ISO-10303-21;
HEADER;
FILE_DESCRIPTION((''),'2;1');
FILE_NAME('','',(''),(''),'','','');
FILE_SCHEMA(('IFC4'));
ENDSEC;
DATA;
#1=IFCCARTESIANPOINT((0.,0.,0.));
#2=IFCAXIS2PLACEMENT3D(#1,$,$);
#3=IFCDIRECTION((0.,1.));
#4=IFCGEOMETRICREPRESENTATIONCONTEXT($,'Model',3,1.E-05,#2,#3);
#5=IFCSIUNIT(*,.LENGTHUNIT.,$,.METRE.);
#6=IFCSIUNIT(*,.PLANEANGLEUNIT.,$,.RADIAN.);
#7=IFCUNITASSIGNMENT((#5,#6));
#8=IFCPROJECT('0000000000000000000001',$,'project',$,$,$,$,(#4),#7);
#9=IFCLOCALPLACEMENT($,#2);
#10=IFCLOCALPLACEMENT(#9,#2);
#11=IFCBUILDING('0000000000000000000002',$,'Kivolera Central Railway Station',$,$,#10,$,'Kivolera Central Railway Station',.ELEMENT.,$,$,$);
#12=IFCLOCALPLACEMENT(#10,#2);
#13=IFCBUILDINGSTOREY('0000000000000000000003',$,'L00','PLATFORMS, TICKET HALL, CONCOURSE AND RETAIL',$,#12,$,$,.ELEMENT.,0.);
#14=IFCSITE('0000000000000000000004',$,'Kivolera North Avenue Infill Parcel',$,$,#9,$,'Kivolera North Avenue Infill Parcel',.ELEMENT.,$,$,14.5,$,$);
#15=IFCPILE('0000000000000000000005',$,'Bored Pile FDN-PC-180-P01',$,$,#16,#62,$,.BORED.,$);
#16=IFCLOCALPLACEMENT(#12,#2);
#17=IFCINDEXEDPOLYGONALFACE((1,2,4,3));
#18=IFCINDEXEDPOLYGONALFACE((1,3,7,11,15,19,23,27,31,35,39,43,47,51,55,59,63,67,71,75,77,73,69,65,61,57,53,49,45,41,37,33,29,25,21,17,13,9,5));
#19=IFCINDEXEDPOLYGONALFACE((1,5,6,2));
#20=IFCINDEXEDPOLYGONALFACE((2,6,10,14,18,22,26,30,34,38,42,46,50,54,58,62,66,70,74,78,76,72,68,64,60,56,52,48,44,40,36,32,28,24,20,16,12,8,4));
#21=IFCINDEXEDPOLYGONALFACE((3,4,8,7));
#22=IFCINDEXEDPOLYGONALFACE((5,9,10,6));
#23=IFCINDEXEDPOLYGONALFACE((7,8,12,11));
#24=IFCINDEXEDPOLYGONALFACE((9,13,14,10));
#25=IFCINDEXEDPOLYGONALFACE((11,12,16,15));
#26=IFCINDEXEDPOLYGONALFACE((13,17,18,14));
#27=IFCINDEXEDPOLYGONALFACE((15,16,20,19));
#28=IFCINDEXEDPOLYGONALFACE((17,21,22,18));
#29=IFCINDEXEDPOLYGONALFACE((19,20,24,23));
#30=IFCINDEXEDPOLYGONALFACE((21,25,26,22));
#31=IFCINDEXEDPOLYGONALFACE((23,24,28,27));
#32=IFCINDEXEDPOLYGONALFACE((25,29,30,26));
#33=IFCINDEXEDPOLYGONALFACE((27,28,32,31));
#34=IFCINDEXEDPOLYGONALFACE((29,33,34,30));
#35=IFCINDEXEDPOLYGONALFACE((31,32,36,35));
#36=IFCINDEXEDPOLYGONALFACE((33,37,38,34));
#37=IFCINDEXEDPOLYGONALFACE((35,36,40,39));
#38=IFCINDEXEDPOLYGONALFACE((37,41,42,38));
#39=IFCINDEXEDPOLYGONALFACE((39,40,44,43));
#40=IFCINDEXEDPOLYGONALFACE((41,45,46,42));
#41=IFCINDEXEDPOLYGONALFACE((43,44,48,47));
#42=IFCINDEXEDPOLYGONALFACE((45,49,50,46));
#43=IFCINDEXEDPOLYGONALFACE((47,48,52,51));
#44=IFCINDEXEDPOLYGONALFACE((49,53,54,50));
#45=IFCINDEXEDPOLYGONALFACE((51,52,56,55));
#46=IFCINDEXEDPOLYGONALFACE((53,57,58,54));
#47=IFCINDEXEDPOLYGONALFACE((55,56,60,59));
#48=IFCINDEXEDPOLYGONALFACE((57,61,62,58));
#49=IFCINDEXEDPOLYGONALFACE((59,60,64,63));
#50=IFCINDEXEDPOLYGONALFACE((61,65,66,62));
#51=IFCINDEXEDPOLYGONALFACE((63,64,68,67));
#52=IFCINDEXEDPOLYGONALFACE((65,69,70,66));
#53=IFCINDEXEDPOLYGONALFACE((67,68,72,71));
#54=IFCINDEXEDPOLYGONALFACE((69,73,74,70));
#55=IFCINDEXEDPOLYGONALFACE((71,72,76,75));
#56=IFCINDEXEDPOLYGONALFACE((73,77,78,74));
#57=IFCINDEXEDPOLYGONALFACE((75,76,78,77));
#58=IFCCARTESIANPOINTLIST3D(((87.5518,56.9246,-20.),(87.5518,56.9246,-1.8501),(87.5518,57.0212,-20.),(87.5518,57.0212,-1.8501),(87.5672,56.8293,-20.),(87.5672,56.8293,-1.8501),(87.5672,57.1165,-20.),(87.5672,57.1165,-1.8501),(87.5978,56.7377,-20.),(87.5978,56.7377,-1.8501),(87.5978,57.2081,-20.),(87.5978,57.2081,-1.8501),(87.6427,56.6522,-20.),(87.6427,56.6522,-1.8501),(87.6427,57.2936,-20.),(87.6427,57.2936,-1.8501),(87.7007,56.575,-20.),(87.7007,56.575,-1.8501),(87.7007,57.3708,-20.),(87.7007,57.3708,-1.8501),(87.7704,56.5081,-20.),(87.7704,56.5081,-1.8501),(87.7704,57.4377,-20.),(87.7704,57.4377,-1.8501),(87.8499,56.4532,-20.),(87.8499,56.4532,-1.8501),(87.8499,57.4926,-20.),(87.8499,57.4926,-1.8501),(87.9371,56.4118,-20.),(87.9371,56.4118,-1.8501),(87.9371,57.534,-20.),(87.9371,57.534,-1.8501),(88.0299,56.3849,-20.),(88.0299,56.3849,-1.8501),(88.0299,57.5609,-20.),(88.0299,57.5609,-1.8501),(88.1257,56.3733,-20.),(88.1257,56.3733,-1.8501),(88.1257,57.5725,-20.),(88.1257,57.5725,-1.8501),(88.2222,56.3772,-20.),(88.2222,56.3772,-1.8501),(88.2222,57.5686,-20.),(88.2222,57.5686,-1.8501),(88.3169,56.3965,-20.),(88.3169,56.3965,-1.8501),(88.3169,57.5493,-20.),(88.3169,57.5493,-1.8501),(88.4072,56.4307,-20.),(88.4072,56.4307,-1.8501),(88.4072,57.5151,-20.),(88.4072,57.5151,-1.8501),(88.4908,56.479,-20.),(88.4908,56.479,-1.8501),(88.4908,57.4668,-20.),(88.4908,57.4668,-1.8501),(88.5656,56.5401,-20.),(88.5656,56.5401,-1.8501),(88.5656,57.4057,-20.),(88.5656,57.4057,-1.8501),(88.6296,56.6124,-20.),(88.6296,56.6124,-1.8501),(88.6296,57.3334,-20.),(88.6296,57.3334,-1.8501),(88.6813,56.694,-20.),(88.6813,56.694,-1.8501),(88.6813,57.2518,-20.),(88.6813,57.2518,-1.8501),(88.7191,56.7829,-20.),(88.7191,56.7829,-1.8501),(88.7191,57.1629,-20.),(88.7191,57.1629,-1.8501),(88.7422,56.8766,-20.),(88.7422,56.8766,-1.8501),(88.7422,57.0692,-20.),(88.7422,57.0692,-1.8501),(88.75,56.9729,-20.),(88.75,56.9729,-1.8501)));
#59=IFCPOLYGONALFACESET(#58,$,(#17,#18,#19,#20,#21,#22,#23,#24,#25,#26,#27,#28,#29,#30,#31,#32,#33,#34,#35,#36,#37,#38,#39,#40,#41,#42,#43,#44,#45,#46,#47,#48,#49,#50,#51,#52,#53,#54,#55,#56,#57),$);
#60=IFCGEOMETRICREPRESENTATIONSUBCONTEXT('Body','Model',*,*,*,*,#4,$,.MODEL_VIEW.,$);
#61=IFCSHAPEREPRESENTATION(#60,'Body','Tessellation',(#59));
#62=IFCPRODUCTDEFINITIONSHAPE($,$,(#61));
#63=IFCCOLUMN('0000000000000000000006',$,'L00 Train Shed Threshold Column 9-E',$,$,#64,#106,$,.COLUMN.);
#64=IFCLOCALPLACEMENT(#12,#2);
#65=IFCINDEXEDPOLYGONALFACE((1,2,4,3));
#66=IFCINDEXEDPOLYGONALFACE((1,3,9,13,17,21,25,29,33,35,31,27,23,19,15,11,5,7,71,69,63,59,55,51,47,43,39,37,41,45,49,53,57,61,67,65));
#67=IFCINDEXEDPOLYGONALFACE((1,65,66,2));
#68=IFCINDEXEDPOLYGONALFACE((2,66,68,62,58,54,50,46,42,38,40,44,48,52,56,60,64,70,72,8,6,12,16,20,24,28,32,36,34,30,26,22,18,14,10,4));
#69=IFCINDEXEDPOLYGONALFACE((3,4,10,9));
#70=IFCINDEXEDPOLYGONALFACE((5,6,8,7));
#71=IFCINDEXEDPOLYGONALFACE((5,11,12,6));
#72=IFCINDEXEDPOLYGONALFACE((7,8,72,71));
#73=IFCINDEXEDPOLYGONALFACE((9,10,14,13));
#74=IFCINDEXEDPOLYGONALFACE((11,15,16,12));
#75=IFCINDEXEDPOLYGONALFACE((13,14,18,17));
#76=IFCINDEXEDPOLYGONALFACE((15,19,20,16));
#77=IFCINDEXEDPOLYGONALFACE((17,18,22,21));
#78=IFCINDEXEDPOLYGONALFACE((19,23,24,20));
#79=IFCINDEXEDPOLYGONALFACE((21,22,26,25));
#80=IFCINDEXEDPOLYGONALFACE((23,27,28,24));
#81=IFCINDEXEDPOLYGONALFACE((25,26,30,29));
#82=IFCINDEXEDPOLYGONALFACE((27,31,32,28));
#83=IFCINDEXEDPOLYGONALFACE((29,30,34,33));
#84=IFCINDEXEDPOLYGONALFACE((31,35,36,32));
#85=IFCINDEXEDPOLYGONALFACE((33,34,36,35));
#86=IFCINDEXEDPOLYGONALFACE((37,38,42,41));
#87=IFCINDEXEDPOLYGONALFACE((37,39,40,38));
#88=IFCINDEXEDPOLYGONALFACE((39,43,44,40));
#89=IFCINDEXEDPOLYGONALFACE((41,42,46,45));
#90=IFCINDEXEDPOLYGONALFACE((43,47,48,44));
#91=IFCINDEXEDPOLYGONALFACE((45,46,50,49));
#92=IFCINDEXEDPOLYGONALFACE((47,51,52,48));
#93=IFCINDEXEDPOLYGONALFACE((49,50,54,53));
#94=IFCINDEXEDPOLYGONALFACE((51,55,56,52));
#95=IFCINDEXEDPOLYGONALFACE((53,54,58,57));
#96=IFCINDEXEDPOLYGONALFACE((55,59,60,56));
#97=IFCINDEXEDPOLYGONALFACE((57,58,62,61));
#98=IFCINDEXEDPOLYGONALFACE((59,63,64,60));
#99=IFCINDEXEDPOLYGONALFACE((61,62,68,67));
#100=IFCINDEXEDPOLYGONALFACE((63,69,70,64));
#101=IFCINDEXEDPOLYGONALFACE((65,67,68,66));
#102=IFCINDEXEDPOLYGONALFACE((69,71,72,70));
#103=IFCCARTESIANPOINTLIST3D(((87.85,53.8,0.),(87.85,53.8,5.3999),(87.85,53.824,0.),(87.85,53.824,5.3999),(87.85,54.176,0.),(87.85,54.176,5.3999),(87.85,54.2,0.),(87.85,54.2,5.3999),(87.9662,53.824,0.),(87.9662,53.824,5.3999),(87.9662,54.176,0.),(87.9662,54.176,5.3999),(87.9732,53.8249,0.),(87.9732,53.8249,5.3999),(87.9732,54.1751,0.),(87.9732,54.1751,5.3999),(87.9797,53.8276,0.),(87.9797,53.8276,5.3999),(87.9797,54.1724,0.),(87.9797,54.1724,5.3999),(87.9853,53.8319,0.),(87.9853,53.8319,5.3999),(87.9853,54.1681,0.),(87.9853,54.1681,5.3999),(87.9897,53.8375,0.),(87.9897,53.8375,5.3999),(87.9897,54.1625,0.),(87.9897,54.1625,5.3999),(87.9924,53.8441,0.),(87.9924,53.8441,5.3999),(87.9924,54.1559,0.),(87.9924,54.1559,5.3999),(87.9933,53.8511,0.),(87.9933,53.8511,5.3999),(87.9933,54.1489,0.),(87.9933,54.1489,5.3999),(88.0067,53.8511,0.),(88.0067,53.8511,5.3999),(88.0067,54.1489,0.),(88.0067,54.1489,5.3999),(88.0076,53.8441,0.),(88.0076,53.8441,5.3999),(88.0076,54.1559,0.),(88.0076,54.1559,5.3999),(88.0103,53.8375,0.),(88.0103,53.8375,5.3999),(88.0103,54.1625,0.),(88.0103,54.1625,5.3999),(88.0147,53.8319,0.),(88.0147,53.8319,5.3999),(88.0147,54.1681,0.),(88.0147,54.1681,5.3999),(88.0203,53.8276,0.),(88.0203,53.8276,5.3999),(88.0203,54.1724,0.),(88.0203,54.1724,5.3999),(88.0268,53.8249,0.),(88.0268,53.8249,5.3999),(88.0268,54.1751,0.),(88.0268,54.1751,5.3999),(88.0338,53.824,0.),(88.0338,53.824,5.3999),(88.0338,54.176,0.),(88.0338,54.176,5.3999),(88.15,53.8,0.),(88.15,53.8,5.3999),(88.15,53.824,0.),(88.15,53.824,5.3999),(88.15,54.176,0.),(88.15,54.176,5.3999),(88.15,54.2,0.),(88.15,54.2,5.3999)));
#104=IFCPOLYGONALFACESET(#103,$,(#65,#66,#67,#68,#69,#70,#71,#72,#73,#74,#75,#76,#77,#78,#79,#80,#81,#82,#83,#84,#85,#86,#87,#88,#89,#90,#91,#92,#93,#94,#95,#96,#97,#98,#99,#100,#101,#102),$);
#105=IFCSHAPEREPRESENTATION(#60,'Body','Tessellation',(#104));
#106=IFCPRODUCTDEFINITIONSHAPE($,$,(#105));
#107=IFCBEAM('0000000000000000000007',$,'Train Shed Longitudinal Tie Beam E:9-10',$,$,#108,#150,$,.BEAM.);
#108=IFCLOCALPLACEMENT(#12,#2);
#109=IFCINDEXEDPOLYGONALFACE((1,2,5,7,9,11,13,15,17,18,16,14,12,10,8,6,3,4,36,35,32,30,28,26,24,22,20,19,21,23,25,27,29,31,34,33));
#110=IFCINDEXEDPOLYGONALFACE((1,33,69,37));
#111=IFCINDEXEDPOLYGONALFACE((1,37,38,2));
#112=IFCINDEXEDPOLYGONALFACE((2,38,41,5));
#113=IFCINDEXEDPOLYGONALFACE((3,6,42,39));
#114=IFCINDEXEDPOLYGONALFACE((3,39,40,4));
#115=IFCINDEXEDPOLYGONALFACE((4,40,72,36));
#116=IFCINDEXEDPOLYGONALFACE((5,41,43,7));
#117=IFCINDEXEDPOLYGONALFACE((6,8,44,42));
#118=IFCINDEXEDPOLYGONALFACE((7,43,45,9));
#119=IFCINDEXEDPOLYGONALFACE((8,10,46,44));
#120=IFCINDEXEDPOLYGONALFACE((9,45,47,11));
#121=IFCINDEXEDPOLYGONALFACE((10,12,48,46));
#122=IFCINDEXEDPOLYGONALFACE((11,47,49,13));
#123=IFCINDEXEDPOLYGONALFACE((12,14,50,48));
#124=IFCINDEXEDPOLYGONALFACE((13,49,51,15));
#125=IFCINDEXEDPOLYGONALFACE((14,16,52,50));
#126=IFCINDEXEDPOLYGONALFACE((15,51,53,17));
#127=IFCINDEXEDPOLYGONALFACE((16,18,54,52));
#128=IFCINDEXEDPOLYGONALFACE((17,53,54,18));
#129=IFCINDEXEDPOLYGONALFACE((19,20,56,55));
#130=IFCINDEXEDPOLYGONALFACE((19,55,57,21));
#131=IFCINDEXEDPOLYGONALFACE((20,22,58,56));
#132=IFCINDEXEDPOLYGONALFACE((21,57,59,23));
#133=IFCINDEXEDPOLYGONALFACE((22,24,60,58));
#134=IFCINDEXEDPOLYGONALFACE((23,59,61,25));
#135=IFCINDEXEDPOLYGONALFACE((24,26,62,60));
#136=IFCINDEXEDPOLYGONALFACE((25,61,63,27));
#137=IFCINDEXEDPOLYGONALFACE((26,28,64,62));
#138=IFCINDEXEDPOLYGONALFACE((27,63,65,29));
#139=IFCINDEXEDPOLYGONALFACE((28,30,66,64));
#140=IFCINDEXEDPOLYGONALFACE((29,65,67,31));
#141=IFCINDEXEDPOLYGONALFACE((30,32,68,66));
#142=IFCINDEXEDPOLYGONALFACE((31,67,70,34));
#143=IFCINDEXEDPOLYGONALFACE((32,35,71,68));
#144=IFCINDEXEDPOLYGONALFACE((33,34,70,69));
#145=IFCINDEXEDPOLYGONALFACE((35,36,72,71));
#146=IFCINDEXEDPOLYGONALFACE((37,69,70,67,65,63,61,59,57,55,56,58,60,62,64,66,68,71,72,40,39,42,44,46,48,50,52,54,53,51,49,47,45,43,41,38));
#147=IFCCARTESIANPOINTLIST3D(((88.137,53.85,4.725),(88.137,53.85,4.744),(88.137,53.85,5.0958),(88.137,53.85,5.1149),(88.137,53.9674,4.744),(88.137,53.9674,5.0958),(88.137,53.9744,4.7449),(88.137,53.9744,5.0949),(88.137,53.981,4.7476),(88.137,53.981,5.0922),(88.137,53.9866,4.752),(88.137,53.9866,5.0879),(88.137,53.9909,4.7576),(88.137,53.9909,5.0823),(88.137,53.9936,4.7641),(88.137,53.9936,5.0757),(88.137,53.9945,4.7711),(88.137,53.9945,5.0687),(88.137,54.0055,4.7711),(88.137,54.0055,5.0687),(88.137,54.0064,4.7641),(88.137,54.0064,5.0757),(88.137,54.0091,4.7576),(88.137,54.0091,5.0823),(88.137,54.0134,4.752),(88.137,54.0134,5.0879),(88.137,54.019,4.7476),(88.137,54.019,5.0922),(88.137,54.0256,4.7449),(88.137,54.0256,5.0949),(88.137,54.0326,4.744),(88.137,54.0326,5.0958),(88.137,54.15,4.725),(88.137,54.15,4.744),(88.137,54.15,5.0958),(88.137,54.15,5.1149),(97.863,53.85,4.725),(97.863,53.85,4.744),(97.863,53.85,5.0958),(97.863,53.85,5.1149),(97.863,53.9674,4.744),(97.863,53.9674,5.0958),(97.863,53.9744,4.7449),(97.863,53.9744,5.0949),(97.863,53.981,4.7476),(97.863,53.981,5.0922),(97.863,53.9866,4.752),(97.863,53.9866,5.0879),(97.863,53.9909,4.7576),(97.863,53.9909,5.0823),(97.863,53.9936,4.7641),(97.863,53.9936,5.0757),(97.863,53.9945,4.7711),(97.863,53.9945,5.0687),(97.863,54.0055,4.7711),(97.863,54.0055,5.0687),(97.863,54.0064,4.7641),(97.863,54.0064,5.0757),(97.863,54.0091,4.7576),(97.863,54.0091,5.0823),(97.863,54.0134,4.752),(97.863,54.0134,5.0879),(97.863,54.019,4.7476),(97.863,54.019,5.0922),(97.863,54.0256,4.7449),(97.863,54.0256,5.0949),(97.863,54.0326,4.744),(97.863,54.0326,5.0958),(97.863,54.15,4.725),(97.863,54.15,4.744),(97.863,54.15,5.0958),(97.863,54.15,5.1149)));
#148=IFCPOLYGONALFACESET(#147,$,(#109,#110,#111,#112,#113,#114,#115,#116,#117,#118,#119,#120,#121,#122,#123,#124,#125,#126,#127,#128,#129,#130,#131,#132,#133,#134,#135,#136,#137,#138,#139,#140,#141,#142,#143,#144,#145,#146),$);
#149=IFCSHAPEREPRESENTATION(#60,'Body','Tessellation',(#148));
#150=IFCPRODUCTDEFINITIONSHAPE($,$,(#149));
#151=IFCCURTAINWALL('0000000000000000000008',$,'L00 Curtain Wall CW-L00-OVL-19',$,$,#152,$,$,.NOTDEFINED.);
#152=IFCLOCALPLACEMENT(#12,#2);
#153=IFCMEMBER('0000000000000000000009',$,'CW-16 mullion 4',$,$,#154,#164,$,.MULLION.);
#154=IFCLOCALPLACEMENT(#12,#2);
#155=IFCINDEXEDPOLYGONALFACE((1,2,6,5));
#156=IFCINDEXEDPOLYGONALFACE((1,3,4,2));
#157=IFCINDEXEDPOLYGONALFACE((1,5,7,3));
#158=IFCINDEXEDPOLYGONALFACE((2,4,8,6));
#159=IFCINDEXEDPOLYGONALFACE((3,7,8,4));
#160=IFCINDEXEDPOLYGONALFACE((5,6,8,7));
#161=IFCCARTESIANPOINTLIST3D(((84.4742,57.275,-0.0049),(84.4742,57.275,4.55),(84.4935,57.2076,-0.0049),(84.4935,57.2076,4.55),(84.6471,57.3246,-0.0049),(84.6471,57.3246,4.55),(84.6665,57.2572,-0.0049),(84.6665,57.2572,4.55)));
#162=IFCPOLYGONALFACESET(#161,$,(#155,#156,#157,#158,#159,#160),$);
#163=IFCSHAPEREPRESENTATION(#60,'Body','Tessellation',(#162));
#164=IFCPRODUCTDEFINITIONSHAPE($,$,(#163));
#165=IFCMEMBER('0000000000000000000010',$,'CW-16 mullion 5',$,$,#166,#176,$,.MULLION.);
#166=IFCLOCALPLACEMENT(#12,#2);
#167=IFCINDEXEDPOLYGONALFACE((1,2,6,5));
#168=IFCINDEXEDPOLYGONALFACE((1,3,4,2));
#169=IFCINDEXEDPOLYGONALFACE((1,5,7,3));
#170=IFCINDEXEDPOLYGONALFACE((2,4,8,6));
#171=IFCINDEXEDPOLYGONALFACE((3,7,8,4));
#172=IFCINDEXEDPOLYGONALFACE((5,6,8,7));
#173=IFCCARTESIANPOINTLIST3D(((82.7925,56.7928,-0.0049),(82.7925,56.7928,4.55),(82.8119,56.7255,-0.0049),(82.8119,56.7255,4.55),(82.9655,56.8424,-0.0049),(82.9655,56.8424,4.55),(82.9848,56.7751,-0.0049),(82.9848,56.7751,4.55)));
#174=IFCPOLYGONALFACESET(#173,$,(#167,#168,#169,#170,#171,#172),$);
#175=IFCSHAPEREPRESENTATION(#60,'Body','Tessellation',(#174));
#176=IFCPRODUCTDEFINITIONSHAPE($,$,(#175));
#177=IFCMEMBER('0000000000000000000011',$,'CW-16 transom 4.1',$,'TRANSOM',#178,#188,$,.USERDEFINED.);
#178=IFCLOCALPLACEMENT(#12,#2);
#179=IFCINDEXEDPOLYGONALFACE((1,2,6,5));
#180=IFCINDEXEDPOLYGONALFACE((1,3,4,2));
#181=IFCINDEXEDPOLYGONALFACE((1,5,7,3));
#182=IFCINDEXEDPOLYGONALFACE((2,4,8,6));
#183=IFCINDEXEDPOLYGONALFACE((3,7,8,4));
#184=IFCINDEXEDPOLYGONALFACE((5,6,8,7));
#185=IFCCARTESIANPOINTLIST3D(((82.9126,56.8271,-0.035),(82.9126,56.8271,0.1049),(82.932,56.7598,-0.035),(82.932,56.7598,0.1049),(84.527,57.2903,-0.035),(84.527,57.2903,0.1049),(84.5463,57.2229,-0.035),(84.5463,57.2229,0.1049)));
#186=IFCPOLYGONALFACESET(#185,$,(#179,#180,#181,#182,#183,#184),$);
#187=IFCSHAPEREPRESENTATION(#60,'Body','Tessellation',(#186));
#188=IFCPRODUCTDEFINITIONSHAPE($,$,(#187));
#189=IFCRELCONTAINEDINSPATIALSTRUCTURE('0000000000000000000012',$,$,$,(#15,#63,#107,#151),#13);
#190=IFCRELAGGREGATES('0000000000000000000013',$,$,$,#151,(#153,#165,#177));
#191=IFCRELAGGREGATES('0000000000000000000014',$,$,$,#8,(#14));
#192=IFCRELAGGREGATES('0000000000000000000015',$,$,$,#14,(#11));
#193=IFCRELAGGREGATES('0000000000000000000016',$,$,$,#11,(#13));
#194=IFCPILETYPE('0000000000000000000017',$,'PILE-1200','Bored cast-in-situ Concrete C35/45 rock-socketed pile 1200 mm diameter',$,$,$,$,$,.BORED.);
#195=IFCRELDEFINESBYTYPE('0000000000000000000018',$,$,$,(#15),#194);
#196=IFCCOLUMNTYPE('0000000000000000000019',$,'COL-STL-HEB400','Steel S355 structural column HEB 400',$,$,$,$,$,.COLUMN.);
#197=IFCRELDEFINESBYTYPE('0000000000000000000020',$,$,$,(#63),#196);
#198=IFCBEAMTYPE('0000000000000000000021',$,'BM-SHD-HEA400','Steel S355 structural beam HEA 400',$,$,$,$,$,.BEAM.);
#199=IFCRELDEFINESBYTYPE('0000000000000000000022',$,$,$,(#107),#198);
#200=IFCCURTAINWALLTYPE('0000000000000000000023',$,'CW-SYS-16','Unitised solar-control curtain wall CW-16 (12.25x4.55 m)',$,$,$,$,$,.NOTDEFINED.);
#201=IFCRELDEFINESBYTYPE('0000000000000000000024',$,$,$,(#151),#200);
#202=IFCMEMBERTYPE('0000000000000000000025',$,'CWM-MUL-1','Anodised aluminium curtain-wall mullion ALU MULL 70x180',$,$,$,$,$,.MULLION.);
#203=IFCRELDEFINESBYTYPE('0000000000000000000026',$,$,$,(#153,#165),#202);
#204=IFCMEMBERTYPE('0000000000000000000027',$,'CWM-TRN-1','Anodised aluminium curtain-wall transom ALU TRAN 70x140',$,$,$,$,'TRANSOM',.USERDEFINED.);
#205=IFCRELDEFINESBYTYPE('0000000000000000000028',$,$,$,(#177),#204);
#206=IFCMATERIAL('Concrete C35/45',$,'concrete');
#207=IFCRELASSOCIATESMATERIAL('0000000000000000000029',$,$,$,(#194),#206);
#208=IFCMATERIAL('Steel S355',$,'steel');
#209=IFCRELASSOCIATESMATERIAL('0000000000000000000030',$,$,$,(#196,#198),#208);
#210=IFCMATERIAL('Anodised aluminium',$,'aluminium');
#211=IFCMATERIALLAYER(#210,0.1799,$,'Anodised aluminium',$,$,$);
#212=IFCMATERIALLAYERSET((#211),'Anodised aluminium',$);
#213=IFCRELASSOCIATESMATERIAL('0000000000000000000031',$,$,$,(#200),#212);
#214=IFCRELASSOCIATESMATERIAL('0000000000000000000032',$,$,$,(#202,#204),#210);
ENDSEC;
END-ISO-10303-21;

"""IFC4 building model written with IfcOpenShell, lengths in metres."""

from ifc_helpers import new_model, si_unit, direction, frame, origin, origin_2d, place, context, subcontext, project, spatial, rectangle, circle, i_section, extrude, material, layer, layer_set, material_profile, profile_set, type_object, element, aggregate, save


model = new_model("IFC4")

# Units and contexts
model_context = context("Model", 3, precision=1e-05, world=origin(), true_north=direction((0.0, 1.0)))
body_context = subcontext(model_context, "Body", "Model", "MODEL_VIEW")
ifc_project = project(units=[si_unit("LENGTHUNIT", "METRE"), si_unit("PLANEANGLEUNIT", "RADIAN")], contexts=[model_context])

# Site, building, storey
site_placement = place(None, origin())
site = spatial("IfcSite", under=ifc_project, at=site_placement, Name="Kivolera North Avenue Infill Parcel", LongName="Kivolera North Avenue Infill Parcel", CompositionType="ELEMENT", RefElevation=14.5)
building_placement = place(site_placement, origin())
building = spatial("IfcBuilding", under=site, at=building_placement, Name="Kivolera Central Railway Station", LongName="Kivolera Central Railway Station", CompositionType="ELEMENT")
storey_placement = place(building_placement, origin())
storey = spatial("IfcBuildingStorey", under=building, at=storey_placement, Name="L00", Description="PLATFORMS, TICKET HALL, CONCOURSE AND RETAIL", CompositionType="ELEMENT", Elevation=0.0)

# Shared definitions
ifc_material_1 = material(Name="Concrete C35/45", Category="concrete")

# Pile
ifc_material_profile_1 = material_profile(ifc_material_1, circle(Radius=0.6001, at=origin_2d()), Name="PILE D1200")
ifc_profile_set_1 = profile_set([ifc_material_profile_1], Name="Concrete C35/45")
pile_type_1 = type_object("IfcPileType", Name="PILE-1200", Description="Bored cast-in-situ Concrete C35/45 rock-socketed pile 1200 mm diameter", PredefinedType="BORED", material=ifc_profile_set_1)
pile_1_placement = place(storey_placement, frame((88.1499, 56.9729, -1.8501), z_axis=(0.0, 0.0, -1.0), x_axis=(1.0, 0.0, 0.0)))
element("IfcPile", 1, at=pile_1_placement, inside=storey, type_object=pile_type_1, Name="Bored Pile FDN-PC-180-P01", PredefinedType="BORED", context=body_context, shape_type="SweptSolid", body=[
    extrude(circle(Radius=0.6001, at=origin_2d()), origin(), (0.0, 0.0, 1.0), 18.1499),
])

# Column
ifc_material_2 = material(Name="Steel S355", Category="steel")
ifc_material_profile_2 = material_profile(ifc_material_2, i_section(OverallWidth=0.3, OverallDepth=0.3999, WebThickness=0.0134, FlangeThickness=0.0239, FilletRadius=0.0271, at=origin_2d()), Name="HEB 400")
ifc_profile_set_2 = profile_set([ifc_material_profile_2], Name="Steel S355")
column_type = type_object("IfcColumnType", Name="COL-STL-HEB400", Description="Steel S355 structural column HEB 400", PredefinedType="COLUMN", material=ifc_profile_set_2)
column_placement = place(storey_placement, frame((88.0, 54.0, 0.0), z_axis=(0.0, 0.0, 1.0), x_axis=(1.0, 0.0, 0.0)))
element("IfcColumn", 2, at=column_placement, inside=storey, type_object=column_type, Name="L00 Train Shed Threshold Column 9-E", PredefinedType="COLUMN", context=body_context, shape_type="SweptSolid", body=[
    extrude(i_section(OverallWidth=0.3, OverallDepth=0.3999, WebThickness=0.0134, FlangeThickness=0.0239, FilletRadius=0.0271, at=origin_2d()), origin(), (0.0, 0.0, 1.0), 5.3999),
])

# Beam
ifc_material_profile_3 = material_profile(ifc_material_2, i_section(OverallWidth=0.3, OverallDepth=0.3899, WebThickness=0.011, FlangeThickness=0.019, FilletRadius=0.0271, at=origin_2d()), Name="HEA 400")
ifc_profile_set_3 = profile_set([ifc_material_profile_3], Name="Steel S355")
beam_type = type_object("IfcBeamType", Name="BM-SHD-HEA400", Description="Steel S355 structural beam HEA 400", PredefinedType="BEAM", material=ifc_profile_set_3)
beam_placement = place(storey_placement, frame((88.137, 54.0, 4.9199), z_axis=(1.0, 0.0, 0.0), x_axis=(0.0, 1.0, 0.0)))
element("IfcBeam", 3, at=beam_placement, inside=storey, type_object=beam_type, Name="Train Shed Longitudinal Tie Beam E:9-10", PredefinedType="BEAM", context=body_context, shape_type="SweptSolid", body=[
    extrude(i_section(OverallWidth=0.3, OverallDepth=0.3899, WebThickness=0.011, FlangeThickness=0.019, FilletRadius=0.0271, at=origin_2d()), origin(), (0.0, 0.0, 1.0), 9.7261),
])

# Curtain wall, members
ifc_material_3 = material(Name="Anodised aluminium", Category="aluminium")
ifc_layer_1 = layer(ifc_material_3, 0.1799, Name="Anodised aluminium")
ifc_layer_set_1 = layer_set([ifc_layer_1], Name="Anodised aluminium")
curtain_wall_type = type_object("IfcCurtainWallType", Name="CW-SYS-16", Description="Unitised solar-control curtain wall CW-16 (12.25x4.55 m)", PredefinedType="NOTDEFINED", material=ifc_layer_set_1)
curtain_wall_placement = place(storey_placement, origin())
curtain_wall = element("IfcCurtainWall", 4, at=curtain_wall_placement, inside=storey, type_object=curtain_wall_type, Name="L00 Curtain Wall CW-L00-OVL-19", PredefinedType="NOTDEFINED")
ifc_material_profile_4 = material_profile(ifc_material_3, rectangle(XDim=0.0701, YDim=0.1799, at=origin_2d()), Name="ALU MULL 70x180")
ifc_profile_set_4 = profile_set([ifc_material_profile_4], Name="Anodised aluminium")
member_type_1 = type_object("IfcMemberType", Name="CWM-MUL-1", Description="Anodised aluminium curtain-wall mullion ALU MULL 70x180", PredefinedType="MULLION", material=ifc_profile_set_4)
member_1_placement = place(storey_placement, frame((84.5703, 57.2661, -0.0049), z_axis=(0.0, 0.0, 1.0), x_axis=(0.275692, -0.961246, 0.0)))
member_1 = element("IfcMember", 5, at=member_1_placement, type_object=member_type_1, Name="CW-16 mullion 4", PredefinedType="MULLION", context=body_context, shape_type="SweptSolid", body=[
    extrude(rectangle(XDim=0.0701, YDim=0.1799, at=origin_2d()), origin(), (0.0, 0.0, 1.0), 4.5549),
])
member_2_placement = place(storey_placement, frame((82.8887, 56.7839, -0.0049), z_axis=(0.0, 0.0, 1.0), x_axis=(0.275692, -0.961246, 0.0)))
member_2 = element("IfcMember", 6, at=member_2_placement, type_object=member_type_1, Name="CW-16 mullion 5", PredefinedType="MULLION", context=body_context, shape_type="SweptSolid", body=[
    extrude(rectangle(XDim=0.0701, YDim=0.1799, at=origin_2d()), origin(), (0.0, 0.0, 1.0), 4.5549),
])
ifc_material_profile_5 = material_profile(ifc_material_3, rectangle(XDim=0.0701, YDim=0.1399, at=origin_2d()), Name="ALU TRAN 70x140")
ifc_profile_set_5 = profile_set([ifc_material_profile_5], Name="Anodised aluminium")
member_type_2 = type_object("IfcMemberType", Name="CWM-TRN-1", Description="Anodised aluminium curtain-wall transom ALU TRAN 70x140", ElementType="TRANSOM", PredefinedType="USERDEFINED", material=ifc_profile_set_5)
member_3_placement = place(storey_placement, frame((84.5366, 57.2566, 0.0349), z_axis=(-0.961222, -0.275777, 0.0), x_axis=(0.275777, -0.961222, 0.0)))
member_3 = element("IfcMember", 7, at=member_3_placement, type_object=member_type_2, Name="CW-16 transom 4.1", ObjectType="TRANSOM", PredefinedType="USERDEFINED", context=body_context, shape_type="SweptSolid", body=[
    extrude(rectangle(XDim=0.0701, YDim=0.1399, at=origin_2d()), origin(), (0.0, 0.0, 1.0), 1.6794),
])
aggregate(curtain_wall, [member_1, member_2, member_3])

save(model, "model.ifc")
